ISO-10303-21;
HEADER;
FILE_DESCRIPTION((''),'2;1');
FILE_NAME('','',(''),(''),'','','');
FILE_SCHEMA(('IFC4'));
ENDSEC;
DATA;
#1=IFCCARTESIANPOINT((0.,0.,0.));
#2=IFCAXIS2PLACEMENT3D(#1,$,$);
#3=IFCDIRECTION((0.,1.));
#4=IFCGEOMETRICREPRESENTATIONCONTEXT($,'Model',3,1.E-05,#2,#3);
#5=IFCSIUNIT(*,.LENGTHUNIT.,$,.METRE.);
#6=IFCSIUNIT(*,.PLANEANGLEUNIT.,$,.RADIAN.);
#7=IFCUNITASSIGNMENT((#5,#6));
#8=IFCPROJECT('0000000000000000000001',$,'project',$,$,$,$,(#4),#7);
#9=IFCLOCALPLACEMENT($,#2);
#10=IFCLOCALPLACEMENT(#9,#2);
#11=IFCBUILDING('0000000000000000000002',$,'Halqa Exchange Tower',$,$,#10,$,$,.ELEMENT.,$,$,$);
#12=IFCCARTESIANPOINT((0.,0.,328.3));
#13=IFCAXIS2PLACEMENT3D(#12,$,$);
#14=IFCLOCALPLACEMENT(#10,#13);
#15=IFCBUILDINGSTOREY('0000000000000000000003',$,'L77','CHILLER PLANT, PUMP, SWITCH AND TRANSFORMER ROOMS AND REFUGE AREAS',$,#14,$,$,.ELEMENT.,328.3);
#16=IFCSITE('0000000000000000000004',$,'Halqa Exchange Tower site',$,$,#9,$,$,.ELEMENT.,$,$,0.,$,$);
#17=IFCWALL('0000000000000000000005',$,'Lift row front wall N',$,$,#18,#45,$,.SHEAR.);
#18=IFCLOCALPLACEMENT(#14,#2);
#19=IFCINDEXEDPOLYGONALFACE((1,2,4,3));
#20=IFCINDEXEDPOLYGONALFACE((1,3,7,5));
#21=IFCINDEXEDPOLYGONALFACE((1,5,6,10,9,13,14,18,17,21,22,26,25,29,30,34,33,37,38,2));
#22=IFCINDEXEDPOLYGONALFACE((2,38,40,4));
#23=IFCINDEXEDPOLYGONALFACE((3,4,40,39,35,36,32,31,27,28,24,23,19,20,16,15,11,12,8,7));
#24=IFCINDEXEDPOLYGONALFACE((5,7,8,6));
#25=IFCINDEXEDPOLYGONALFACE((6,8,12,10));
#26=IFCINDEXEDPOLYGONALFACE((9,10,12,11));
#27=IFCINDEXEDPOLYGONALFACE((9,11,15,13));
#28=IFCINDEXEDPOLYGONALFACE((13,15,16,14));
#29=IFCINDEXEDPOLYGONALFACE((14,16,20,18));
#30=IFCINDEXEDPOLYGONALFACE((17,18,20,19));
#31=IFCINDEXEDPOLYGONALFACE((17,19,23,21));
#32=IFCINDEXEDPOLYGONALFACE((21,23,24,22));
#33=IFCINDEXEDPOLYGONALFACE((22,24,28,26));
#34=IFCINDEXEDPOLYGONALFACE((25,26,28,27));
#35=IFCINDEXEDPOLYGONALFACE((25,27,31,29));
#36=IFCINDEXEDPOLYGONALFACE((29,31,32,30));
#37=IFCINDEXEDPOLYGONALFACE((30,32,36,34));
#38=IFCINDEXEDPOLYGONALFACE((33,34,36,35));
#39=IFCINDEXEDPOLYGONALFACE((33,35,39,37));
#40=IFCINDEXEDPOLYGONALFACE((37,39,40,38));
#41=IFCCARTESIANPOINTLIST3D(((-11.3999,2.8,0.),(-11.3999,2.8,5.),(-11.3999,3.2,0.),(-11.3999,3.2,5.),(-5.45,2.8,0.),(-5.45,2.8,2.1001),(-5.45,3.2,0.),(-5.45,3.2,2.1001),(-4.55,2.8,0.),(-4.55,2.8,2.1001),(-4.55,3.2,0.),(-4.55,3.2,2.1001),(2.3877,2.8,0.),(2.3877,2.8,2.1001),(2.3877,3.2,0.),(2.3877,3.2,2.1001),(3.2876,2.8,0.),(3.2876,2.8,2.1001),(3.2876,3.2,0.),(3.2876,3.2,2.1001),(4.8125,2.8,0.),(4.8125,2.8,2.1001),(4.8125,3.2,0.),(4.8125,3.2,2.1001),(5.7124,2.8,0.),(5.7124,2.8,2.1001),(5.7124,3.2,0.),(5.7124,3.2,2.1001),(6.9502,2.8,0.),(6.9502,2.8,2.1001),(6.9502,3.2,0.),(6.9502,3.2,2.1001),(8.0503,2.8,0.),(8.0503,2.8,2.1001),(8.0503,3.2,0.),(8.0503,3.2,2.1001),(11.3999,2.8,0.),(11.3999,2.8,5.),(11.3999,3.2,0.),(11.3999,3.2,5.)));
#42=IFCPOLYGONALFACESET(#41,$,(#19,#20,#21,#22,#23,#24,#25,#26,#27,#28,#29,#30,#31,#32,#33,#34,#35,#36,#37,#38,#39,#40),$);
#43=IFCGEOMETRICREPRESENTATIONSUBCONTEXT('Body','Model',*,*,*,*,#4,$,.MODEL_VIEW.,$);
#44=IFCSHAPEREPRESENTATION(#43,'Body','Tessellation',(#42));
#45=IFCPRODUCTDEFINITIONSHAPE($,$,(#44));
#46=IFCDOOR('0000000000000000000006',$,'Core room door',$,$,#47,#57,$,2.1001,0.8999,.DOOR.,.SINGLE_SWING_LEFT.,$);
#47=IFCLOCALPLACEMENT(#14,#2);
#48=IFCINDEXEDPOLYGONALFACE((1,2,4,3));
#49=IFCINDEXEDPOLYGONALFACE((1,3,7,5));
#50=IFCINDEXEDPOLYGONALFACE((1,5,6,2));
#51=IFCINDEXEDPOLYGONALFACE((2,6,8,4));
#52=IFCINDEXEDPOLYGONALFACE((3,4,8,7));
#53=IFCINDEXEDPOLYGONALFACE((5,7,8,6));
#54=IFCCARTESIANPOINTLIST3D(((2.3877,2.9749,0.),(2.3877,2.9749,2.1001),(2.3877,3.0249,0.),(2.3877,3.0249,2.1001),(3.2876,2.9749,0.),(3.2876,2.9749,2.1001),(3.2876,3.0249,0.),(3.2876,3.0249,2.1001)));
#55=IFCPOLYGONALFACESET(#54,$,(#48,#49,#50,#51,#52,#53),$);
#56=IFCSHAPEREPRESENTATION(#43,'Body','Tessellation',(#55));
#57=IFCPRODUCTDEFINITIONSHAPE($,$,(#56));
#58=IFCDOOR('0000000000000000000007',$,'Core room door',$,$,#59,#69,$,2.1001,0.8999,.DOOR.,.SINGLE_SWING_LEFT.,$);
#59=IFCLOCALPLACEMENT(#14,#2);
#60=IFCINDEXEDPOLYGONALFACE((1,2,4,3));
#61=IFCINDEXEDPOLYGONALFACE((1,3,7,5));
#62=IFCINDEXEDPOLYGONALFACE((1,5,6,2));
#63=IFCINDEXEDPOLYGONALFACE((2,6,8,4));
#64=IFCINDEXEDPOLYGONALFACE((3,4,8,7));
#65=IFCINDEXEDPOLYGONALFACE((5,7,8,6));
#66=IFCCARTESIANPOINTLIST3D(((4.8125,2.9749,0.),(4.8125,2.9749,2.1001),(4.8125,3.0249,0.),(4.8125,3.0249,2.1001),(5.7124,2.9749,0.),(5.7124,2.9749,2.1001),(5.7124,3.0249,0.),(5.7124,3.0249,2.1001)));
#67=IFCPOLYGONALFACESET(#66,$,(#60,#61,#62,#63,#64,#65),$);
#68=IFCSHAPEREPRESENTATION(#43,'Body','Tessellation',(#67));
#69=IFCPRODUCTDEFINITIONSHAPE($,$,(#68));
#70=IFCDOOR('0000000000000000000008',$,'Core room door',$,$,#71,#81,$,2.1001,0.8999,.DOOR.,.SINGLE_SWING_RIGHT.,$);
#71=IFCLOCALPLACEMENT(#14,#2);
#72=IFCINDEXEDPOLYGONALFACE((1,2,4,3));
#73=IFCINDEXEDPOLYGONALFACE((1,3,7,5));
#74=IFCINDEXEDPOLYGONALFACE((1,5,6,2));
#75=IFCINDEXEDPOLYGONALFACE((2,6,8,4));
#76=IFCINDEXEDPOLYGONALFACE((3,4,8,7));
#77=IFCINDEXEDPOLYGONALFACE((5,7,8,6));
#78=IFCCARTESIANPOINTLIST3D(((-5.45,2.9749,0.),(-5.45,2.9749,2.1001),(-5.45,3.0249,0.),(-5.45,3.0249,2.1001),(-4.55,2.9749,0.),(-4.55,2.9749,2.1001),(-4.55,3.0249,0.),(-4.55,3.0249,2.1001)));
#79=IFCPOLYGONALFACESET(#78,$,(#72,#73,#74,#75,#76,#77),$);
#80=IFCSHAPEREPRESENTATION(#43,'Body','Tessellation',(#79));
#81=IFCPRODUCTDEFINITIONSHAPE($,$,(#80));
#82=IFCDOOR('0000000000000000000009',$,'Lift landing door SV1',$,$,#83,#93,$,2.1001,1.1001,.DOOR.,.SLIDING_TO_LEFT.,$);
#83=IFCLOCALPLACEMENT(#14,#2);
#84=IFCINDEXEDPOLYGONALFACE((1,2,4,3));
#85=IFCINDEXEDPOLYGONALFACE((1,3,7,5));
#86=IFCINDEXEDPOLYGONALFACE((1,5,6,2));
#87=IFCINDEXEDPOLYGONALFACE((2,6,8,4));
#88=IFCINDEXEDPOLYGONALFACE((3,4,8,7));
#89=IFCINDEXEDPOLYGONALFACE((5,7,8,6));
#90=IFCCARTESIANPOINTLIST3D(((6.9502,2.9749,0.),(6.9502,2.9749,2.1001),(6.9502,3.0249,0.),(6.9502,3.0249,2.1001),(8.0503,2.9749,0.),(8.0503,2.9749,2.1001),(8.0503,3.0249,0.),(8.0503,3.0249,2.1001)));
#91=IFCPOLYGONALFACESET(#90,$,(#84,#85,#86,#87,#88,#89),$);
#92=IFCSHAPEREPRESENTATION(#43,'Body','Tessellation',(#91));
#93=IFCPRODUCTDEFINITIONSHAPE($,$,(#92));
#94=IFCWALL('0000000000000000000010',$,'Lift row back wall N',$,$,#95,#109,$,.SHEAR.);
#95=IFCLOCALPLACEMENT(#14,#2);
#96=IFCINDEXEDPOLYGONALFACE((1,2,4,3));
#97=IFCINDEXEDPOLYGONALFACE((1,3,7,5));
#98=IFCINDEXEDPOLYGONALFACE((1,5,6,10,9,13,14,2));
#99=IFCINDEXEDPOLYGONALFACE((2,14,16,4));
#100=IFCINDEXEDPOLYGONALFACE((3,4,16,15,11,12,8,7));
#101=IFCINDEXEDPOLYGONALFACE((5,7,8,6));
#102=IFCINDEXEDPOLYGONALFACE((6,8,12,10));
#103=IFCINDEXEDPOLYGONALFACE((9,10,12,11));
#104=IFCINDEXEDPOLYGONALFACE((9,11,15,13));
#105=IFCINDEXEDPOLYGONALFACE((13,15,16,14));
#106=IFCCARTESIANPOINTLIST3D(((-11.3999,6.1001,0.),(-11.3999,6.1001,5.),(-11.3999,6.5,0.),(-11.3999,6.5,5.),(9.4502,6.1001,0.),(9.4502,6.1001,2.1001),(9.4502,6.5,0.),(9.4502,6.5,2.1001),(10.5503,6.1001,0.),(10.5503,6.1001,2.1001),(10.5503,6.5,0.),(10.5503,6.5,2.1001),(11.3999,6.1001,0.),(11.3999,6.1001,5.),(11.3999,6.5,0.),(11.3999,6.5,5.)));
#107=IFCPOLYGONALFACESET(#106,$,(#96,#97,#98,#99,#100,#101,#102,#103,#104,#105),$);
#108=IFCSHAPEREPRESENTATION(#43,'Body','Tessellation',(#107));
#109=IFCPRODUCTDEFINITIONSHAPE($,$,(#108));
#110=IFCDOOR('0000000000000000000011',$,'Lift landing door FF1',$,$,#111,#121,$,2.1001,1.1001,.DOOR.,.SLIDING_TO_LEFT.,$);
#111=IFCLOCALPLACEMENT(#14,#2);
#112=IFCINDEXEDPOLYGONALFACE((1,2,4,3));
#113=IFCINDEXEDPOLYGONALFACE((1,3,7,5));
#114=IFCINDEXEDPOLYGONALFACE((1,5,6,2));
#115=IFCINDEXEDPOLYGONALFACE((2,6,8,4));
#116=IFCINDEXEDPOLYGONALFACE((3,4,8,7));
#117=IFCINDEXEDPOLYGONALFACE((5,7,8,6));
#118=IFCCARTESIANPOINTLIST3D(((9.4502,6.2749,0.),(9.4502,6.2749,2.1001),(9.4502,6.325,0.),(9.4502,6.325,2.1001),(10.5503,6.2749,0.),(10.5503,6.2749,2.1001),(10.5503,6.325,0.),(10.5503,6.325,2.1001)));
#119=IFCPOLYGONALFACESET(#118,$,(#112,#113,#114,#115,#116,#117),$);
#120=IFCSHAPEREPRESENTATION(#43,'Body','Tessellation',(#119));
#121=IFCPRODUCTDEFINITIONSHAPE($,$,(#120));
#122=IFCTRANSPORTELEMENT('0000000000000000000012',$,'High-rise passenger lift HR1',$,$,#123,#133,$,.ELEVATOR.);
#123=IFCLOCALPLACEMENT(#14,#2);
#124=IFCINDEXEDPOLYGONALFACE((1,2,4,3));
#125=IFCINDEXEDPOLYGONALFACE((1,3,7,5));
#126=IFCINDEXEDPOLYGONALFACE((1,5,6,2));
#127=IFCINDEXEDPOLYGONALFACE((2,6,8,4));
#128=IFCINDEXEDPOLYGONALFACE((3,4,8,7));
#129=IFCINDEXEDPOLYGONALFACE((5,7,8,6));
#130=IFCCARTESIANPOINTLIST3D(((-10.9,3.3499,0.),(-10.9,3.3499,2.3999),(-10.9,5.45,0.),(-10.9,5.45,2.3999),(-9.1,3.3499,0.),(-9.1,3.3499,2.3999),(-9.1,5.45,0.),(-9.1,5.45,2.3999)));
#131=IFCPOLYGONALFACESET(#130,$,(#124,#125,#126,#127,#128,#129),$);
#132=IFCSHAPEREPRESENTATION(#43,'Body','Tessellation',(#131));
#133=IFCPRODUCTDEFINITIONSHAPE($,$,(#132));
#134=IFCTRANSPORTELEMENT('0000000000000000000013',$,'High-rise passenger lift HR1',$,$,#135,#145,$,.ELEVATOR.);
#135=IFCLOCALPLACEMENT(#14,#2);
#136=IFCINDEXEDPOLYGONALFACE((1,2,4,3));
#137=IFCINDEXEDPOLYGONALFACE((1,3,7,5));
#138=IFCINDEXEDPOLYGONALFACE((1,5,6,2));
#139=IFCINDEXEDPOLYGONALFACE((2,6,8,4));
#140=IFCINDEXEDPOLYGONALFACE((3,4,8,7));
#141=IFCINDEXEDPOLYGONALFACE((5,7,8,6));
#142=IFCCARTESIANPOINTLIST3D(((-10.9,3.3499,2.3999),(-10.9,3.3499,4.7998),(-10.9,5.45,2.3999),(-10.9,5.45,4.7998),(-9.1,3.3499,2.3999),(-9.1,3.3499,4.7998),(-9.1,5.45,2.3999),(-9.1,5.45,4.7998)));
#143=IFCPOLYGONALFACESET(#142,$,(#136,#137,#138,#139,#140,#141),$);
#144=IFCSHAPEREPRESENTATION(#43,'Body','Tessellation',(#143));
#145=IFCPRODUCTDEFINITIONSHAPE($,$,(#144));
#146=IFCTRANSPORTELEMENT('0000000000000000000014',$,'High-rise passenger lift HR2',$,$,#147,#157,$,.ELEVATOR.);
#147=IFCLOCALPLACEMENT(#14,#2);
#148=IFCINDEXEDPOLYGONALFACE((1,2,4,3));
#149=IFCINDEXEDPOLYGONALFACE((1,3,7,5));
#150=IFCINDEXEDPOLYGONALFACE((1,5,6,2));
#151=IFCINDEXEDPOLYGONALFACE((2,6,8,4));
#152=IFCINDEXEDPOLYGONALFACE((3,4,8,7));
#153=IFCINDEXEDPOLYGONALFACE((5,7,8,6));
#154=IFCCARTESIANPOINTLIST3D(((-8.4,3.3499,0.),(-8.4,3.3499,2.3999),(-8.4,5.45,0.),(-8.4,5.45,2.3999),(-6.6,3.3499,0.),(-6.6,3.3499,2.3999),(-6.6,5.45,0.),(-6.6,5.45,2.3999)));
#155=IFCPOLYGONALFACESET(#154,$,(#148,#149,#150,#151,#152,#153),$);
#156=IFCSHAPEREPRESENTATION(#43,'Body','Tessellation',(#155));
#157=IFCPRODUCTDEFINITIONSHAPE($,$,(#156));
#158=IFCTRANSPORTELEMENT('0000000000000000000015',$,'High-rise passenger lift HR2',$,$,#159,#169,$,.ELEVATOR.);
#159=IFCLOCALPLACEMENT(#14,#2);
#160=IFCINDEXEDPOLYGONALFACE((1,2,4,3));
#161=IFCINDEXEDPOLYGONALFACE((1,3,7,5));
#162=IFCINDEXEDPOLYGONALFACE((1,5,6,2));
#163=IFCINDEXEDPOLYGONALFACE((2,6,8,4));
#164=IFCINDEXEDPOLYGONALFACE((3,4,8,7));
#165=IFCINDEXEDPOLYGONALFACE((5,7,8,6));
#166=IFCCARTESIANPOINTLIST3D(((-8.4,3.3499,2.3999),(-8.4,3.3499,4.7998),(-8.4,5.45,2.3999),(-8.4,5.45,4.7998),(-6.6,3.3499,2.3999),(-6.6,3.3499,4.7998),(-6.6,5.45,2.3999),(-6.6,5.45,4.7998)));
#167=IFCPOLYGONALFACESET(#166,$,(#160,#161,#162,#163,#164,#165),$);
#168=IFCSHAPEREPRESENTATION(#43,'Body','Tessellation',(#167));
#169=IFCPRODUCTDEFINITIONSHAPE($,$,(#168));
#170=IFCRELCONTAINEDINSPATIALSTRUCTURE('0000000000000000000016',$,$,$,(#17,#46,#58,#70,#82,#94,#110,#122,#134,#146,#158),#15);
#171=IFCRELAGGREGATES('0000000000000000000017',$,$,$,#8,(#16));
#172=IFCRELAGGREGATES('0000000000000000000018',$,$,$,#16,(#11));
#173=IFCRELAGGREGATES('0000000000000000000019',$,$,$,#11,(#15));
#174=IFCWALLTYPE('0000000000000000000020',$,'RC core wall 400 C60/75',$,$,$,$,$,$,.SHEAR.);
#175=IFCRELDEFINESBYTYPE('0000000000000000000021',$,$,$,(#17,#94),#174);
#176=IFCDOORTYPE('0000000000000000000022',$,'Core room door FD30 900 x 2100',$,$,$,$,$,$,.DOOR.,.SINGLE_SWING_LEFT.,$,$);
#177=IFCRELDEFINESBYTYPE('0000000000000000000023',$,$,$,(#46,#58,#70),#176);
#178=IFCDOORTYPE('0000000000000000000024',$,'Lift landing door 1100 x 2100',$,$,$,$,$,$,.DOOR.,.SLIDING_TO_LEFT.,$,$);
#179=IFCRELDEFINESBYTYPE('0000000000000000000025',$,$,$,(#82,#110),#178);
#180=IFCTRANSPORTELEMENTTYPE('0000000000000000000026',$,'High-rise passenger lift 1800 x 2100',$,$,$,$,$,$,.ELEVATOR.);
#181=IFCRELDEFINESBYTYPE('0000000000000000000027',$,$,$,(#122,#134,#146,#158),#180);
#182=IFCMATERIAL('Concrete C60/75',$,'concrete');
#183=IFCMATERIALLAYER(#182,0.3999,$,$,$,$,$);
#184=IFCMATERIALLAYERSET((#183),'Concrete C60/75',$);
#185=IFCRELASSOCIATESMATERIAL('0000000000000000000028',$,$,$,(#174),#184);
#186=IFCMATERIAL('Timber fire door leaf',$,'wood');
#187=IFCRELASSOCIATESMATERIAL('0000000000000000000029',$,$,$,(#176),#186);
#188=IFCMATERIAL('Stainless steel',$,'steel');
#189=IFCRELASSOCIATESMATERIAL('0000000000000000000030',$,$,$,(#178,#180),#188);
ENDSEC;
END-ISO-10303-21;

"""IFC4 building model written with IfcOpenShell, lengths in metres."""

from ifc_helpers import new_model, si_unit, direction, frame, frame_2d, origin, origin_2d, place, context, subcontext, project, spatial, rectangle, extrude, material, layer, layer_set, type_object, element, fill, save


model = new_model("IFC4")

# Units and contexts
model_context = context("Model", 3, precision=1e-05, world=origin(), true_north=direction((0.0, 1.0)))
body_context = subcontext(model_context, "Body", "Model", "MODEL_VIEW")
ifc_project = project(units=[si_unit("LENGTHUNIT", "METRE"), si_unit("PLANEANGLEUNIT", "RADIAN")], contexts=[model_context])

# Site, building, storey
site_placement = place(None, origin())
site = spatial("IfcSite", under=ifc_project, at=site_placement, Name="Halqa Exchange Tower site", CompositionType="ELEMENT", RefElevation=0.0)
building_placement = place(site_placement, origin())
building = spatial("IfcBuilding", under=site, at=building_placement, Name="Halqa Exchange Tower", CompositionType="ELEMENT")
storey_placement = place(building_placement, frame((0.0, 0.0, 328.3)))
storey = spatial("IfcBuildingStorey", under=building, at=storey_placement, Name="L77", Description="CHILLER PLANT, PUMP, SWITCH AND TRANSFORMER ROOMS AND REFUGE AREAS", CompositionType="ELEMENT", Elevation=328.3)

# Shared definitions
ifc_material_1 = material(Name="Concrete C60/75", Category="concrete")

# Wall, openings, doors
ifc_layer_1 = layer(ifc_material_1, 0.3999)
ifc_layer_set_1 = layer_set([ifc_layer_1], Name="Concrete C60/75")
wall_type_1 = type_object("IfcWallType", Name="RC core wall 400 C60/75", PredefinedType="SHEAR", material=ifc_layer_set_1)
wall_1_placement = place(storey_placement, frame((-11.3999, 3.0, 0.0), z_axis=(0.0, 0.0, 1.0), x_axis=(1.0, 0.0, 0.0)))
wall_1 = element("IfcWall", 1, at=wall_1_placement, inside=storey, type_object=wall_type_1, Name="Lift row front wall N", PredefinedType="SHEAR", context=body_context, shape_type="SweptSolid", body=[
    extrude(rectangle(XDim=22.7998, YDim=0.3999, at=frame_2d((11.3999, 0.0))), origin(), (0.0, 0.0, 1.0), 5.0),
])
opening_1_placement = place(wall_1_placement, frame((18.3501, 0.0, 0.0)))
opening_1 = element("IfcOpeningElement", 2, at=opening_1_placement, cuts=wall_1, PredefinedType="OPENING", context=body_context, shape_type="SweptSolid", body=[
    extrude(rectangle(XDim=1.1001, YDim=2.1001, at=frame_2d((0.55, 1.05))), frame((0.0, 0.2119, 0.0), z_axis=(0.0, -1.0, 0.0), x_axis=(1.0, 0.0, 0.0)), (0.0, 0.0, 1.0), 0.4238),
])
opening_2_placement = place(wall_1_placement, frame((13.7876, 0.0, 0.0)))
opening_2 = element("IfcOpeningElement", 3, at=opening_2_placement, cuts=wall_1, PredefinedType="OPENING", context=body_context, shape_type="SweptSolid", body=[
    extrude(rectangle(XDim=0.8999, YDim=2.1001, at=frame_2d((0.45, 1.05))), frame((0.0, 0.2119, 0.0), z_axis=(0.0, -1.0, 0.0), x_axis=(1.0, 0.0, 0.0)), (0.0, 0.0, 1.0), 0.4238),
])
opening_3_placement = place(wall_1_placement, frame((16.2124, 0.0, 0.0)))
opening_3 = element("IfcOpeningElement", 4, at=opening_3_placement, cuts=wall_1, PredefinedType="OPENING", context=body_context, shape_type="SweptSolid", body=[
    extrude(rectangle(XDim=0.8999, YDim=2.1001, at=frame_2d((0.45, 1.05))), frame((0.0, 0.2119, 0.0), z_axis=(0.0, -1.0, 0.0), x_axis=(1.0, 0.0, 0.0)), (0.0, 0.0, 1.0), 0.4238),
])
opening_4_placement = place(wall_1_placement, frame((5.95, 0.0, 0.0)))
opening_4 = element("IfcOpeningElement", 5, at=opening_4_placement, cuts=wall_1, PredefinedType="OPENING", context=body_context, shape_type="SweptSolid", body=[
    extrude(rectangle(XDim=0.8999, YDim=2.1001, at=frame_2d((0.45, 1.05))), frame((0.0, 0.2119, 0.0), z_axis=(0.0, -1.0, 0.0), x_axis=(1.0, 0.0, 0.0)), (0.0, 0.0, 1.0), 0.4238),
])
ifc_material_2 = material(Name="Timber fire door leaf", Category="wood")
door_type_1 = type_object("IfcDoorType", Name="Core room door FD30 900 x 2100", OperationType="SINGLE_SWING_LEFT", PredefinedType="DOOR", material=ifc_material_2)
door_1_placement = place(opening_2_placement, origin())
door_1 = element("IfcDoor", 6, at=door_1_placement, inside=storey, type_object=door_type_1, Name="Core room door", OperationType="SINGLE_SWING_LEFT", OverallHeight=2.1001, OverallWidth=0.8999, PredefinedType="DOOR", context=body_context, shape_type="SweptSolid", body=[
    extrude(rectangle(XDim=0.8999, YDim=2.1001, at=frame_2d((0.45, 1.05))), frame((0.0, 0.0249, 0.0), z_axis=(0.0, -1.0, 0.0), x_axis=(1.0, 0.0, 0.0)), (0.0, 0.0, 1.0), 0.05),
])
fill(opening_2, door_1)
door_2_placement = place(opening_3_placement, origin())
door_2 = element("IfcDoor", 7, at=door_2_placement, inside=storey, type_object=door_type_1, Name="Core room door", OperationType="SINGLE_SWING_LEFT", OverallHeight=2.1001, OverallWidth=0.8999, PredefinedType="DOOR", context=body_context, shape_type="SweptSolid", body=[
    extrude(rectangle(XDim=0.8999, YDim=2.1001, at=frame_2d((0.45, 1.05))), frame((0.0, 0.0249, 0.0), z_axis=(0.0, -1.0, 0.0), x_axis=(1.0, 0.0, 0.0)), (0.0, 0.0, 1.0), 0.05),
])
fill(opening_3, door_2)
door_3_placement = place(opening_4_placement, origin())
door_3 = element("IfcDoor", 8, at=door_3_placement, inside=storey, type_object=door_type_1, Name="Core room door", OperationType="SINGLE_SWING_RIGHT", OverallHeight=2.1001, OverallWidth=0.8999, PredefinedType="DOOR", context=body_context, shape_type="SweptSolid", body=[
    extrude(rectangle(XDim=0.8999, YDim=2.1001, at=frame_2d((0.45, 1.05))), frame((0.0, 0.0249, 0.0), z_axis=(0.0, -1.0, 0.0), x_axis=(1.0, 0.0, 0.0)), (0.0, 0.0, 1.0), 0.05),
])
fill(opening_4, door_3)
ifc_material_3 = material(Name="Stainless steel", Category="steel")
door_type_2 = type_object("IfcDoorType", Name="Lift landing door 1100 x 2100", OperationType="SLIDING_TO_LEFT", PredefinedType="DOOR", material=ifc_material_3)
door_4_placement = place(opening_1_placement, origin())
door_4 = element("IfcDoor", 9, at=door_4_placement, inside=storey, type_object=door_type_2, Name="Lift landing door SV1", OperationType="SLIDING_TO_LEFT", OverallHeight=2.1001, OverallWidth=1.1001, PredefinedType="DOOR", context=body_context, shape_type="SweptSolid", body=[
    extrude(rectangle(XDim=1.1001, YDim=2.1001, at=frame_2d((0.55, 1.05))), frame((0.0, 0.0249, 0.0), z_axis=(0.0, -1.0, 0.0), x_axis=(1.0, 0.0, 0.0)), (0.0, 0.0, 1.0), 0.05),
])
fill(opening_1, door_4)

# Wall, opening, door
wall_2_placement = place(storey_placement, frame((-11.3999, 6.3, 0.0), z_axis=(0.0, 0.0, 1.0), x_axis=(1.0, 0.0, 0.0)))
wall_2 = element("IfcWall", 10, at=wall_2_placement, inside=storey, type_object=wall_type_1, Name="Lift row back wall N", PredefinedType="SHEAR", context=body_context, shape_type="SweptSolid", body=[
    extrude(rectangle(XDim=22.7998, YDim=0.3999, at=frame_2d((11.3999, 0.0))), origin(), (0.0, 0.0, 1.0), 5.0),
])
opening_5_placement = place(wall_2_placement, frame((20.8501, 0.0, 0.0)))
opening_5 = element("IfcOpeningElement", 11, at=opening_5_placement, cuts=wall_2, PredefinedType="OPENING", context=body_context, shape_type="SweptSolid", body=[
    extrude(rectangle(XDim=1.1001, YDim=2.1001, at=frame_2d((0.55, 1.05))), frame((0.0, 0.2119, 0.0), z_axis=(0.0, -1.0, 0.0), x_axis=(1.0, 0.0, 0.0)), (0.0, 0.0, 1.0), 0.4238),
])
door_5_placement = place(opening_5_placement, origin())
door_5 = element("IfcDoor", 12, at=door_5_placement, inside=storey, type_object=door_type_2, Name="Lift landing door FF1", OperationType="SLIDING_TO_LEFT", OverallHeight=2.1001, OverallWidth=1.1001, PredefinedType="DOOR", context=body_context, shape_type="SweptSolid", body=[
    extrude(rectangle(XDim=1.1001, YDim=2.1001, at=frame_2d((0.55, 1.05))), frame((0.0, 0.0249, 0.0), z_axis=(0.0, -1.0, 0.0), x_axis=(1.0, 0.0, 0.0)), (0.0, 0.0, 1.0), 0.05),
])
fill(opening_5, door_5)

# Transport elements
transport_element_type = type_object("IfcTransportElementType", Name="High-rise passenger lift 1800 x 2100", PredefinedType="ELEVATOR", material=ifc_material_3)
for number, where, z_axis, x_axis, name in (
    (13, (-10.0, 4.3999, 0.0), (0.0, 0.0, 1.0), (1.0, 0.0, 0.0), "High-rise passenger lift HR1"),
    (14, (-10.0, 4.3999, 2.3999), (0.0, 0.0, 1.0), (1.0, 0.0, 0.0), "High-rise passenger lift HR1"),
    (15, (-7.5, 4.3999, 0.0), (0.0, 0.0, 1.0), (1.0, 0.0, 0.0), "High-rise passenger lift HR2"),
    (16, (-7.5, 4.3999, 2.3999), (0.0, 0.0, 1.0), (1.0, 0.0, 0.0), "High-rise passenger lift HR2"),
):
    element("IfcTransportElement", number, at=place(storey_placement, frame(where, z_axis=z_axis, x_axis=x_axis)), inside=storey, type_object=transport_element_type, Name=name, PredefinedType="ELEVATOR", context=body_context, shape_type="SweptSolid", body=[
        extrude(rectangle(XDim=1.8, YDim=2.1001, at=origin_2d()), origin(), (0.0, 0.0, 1.0), 2.3999),
    ])

save(model, "model.ifc")
